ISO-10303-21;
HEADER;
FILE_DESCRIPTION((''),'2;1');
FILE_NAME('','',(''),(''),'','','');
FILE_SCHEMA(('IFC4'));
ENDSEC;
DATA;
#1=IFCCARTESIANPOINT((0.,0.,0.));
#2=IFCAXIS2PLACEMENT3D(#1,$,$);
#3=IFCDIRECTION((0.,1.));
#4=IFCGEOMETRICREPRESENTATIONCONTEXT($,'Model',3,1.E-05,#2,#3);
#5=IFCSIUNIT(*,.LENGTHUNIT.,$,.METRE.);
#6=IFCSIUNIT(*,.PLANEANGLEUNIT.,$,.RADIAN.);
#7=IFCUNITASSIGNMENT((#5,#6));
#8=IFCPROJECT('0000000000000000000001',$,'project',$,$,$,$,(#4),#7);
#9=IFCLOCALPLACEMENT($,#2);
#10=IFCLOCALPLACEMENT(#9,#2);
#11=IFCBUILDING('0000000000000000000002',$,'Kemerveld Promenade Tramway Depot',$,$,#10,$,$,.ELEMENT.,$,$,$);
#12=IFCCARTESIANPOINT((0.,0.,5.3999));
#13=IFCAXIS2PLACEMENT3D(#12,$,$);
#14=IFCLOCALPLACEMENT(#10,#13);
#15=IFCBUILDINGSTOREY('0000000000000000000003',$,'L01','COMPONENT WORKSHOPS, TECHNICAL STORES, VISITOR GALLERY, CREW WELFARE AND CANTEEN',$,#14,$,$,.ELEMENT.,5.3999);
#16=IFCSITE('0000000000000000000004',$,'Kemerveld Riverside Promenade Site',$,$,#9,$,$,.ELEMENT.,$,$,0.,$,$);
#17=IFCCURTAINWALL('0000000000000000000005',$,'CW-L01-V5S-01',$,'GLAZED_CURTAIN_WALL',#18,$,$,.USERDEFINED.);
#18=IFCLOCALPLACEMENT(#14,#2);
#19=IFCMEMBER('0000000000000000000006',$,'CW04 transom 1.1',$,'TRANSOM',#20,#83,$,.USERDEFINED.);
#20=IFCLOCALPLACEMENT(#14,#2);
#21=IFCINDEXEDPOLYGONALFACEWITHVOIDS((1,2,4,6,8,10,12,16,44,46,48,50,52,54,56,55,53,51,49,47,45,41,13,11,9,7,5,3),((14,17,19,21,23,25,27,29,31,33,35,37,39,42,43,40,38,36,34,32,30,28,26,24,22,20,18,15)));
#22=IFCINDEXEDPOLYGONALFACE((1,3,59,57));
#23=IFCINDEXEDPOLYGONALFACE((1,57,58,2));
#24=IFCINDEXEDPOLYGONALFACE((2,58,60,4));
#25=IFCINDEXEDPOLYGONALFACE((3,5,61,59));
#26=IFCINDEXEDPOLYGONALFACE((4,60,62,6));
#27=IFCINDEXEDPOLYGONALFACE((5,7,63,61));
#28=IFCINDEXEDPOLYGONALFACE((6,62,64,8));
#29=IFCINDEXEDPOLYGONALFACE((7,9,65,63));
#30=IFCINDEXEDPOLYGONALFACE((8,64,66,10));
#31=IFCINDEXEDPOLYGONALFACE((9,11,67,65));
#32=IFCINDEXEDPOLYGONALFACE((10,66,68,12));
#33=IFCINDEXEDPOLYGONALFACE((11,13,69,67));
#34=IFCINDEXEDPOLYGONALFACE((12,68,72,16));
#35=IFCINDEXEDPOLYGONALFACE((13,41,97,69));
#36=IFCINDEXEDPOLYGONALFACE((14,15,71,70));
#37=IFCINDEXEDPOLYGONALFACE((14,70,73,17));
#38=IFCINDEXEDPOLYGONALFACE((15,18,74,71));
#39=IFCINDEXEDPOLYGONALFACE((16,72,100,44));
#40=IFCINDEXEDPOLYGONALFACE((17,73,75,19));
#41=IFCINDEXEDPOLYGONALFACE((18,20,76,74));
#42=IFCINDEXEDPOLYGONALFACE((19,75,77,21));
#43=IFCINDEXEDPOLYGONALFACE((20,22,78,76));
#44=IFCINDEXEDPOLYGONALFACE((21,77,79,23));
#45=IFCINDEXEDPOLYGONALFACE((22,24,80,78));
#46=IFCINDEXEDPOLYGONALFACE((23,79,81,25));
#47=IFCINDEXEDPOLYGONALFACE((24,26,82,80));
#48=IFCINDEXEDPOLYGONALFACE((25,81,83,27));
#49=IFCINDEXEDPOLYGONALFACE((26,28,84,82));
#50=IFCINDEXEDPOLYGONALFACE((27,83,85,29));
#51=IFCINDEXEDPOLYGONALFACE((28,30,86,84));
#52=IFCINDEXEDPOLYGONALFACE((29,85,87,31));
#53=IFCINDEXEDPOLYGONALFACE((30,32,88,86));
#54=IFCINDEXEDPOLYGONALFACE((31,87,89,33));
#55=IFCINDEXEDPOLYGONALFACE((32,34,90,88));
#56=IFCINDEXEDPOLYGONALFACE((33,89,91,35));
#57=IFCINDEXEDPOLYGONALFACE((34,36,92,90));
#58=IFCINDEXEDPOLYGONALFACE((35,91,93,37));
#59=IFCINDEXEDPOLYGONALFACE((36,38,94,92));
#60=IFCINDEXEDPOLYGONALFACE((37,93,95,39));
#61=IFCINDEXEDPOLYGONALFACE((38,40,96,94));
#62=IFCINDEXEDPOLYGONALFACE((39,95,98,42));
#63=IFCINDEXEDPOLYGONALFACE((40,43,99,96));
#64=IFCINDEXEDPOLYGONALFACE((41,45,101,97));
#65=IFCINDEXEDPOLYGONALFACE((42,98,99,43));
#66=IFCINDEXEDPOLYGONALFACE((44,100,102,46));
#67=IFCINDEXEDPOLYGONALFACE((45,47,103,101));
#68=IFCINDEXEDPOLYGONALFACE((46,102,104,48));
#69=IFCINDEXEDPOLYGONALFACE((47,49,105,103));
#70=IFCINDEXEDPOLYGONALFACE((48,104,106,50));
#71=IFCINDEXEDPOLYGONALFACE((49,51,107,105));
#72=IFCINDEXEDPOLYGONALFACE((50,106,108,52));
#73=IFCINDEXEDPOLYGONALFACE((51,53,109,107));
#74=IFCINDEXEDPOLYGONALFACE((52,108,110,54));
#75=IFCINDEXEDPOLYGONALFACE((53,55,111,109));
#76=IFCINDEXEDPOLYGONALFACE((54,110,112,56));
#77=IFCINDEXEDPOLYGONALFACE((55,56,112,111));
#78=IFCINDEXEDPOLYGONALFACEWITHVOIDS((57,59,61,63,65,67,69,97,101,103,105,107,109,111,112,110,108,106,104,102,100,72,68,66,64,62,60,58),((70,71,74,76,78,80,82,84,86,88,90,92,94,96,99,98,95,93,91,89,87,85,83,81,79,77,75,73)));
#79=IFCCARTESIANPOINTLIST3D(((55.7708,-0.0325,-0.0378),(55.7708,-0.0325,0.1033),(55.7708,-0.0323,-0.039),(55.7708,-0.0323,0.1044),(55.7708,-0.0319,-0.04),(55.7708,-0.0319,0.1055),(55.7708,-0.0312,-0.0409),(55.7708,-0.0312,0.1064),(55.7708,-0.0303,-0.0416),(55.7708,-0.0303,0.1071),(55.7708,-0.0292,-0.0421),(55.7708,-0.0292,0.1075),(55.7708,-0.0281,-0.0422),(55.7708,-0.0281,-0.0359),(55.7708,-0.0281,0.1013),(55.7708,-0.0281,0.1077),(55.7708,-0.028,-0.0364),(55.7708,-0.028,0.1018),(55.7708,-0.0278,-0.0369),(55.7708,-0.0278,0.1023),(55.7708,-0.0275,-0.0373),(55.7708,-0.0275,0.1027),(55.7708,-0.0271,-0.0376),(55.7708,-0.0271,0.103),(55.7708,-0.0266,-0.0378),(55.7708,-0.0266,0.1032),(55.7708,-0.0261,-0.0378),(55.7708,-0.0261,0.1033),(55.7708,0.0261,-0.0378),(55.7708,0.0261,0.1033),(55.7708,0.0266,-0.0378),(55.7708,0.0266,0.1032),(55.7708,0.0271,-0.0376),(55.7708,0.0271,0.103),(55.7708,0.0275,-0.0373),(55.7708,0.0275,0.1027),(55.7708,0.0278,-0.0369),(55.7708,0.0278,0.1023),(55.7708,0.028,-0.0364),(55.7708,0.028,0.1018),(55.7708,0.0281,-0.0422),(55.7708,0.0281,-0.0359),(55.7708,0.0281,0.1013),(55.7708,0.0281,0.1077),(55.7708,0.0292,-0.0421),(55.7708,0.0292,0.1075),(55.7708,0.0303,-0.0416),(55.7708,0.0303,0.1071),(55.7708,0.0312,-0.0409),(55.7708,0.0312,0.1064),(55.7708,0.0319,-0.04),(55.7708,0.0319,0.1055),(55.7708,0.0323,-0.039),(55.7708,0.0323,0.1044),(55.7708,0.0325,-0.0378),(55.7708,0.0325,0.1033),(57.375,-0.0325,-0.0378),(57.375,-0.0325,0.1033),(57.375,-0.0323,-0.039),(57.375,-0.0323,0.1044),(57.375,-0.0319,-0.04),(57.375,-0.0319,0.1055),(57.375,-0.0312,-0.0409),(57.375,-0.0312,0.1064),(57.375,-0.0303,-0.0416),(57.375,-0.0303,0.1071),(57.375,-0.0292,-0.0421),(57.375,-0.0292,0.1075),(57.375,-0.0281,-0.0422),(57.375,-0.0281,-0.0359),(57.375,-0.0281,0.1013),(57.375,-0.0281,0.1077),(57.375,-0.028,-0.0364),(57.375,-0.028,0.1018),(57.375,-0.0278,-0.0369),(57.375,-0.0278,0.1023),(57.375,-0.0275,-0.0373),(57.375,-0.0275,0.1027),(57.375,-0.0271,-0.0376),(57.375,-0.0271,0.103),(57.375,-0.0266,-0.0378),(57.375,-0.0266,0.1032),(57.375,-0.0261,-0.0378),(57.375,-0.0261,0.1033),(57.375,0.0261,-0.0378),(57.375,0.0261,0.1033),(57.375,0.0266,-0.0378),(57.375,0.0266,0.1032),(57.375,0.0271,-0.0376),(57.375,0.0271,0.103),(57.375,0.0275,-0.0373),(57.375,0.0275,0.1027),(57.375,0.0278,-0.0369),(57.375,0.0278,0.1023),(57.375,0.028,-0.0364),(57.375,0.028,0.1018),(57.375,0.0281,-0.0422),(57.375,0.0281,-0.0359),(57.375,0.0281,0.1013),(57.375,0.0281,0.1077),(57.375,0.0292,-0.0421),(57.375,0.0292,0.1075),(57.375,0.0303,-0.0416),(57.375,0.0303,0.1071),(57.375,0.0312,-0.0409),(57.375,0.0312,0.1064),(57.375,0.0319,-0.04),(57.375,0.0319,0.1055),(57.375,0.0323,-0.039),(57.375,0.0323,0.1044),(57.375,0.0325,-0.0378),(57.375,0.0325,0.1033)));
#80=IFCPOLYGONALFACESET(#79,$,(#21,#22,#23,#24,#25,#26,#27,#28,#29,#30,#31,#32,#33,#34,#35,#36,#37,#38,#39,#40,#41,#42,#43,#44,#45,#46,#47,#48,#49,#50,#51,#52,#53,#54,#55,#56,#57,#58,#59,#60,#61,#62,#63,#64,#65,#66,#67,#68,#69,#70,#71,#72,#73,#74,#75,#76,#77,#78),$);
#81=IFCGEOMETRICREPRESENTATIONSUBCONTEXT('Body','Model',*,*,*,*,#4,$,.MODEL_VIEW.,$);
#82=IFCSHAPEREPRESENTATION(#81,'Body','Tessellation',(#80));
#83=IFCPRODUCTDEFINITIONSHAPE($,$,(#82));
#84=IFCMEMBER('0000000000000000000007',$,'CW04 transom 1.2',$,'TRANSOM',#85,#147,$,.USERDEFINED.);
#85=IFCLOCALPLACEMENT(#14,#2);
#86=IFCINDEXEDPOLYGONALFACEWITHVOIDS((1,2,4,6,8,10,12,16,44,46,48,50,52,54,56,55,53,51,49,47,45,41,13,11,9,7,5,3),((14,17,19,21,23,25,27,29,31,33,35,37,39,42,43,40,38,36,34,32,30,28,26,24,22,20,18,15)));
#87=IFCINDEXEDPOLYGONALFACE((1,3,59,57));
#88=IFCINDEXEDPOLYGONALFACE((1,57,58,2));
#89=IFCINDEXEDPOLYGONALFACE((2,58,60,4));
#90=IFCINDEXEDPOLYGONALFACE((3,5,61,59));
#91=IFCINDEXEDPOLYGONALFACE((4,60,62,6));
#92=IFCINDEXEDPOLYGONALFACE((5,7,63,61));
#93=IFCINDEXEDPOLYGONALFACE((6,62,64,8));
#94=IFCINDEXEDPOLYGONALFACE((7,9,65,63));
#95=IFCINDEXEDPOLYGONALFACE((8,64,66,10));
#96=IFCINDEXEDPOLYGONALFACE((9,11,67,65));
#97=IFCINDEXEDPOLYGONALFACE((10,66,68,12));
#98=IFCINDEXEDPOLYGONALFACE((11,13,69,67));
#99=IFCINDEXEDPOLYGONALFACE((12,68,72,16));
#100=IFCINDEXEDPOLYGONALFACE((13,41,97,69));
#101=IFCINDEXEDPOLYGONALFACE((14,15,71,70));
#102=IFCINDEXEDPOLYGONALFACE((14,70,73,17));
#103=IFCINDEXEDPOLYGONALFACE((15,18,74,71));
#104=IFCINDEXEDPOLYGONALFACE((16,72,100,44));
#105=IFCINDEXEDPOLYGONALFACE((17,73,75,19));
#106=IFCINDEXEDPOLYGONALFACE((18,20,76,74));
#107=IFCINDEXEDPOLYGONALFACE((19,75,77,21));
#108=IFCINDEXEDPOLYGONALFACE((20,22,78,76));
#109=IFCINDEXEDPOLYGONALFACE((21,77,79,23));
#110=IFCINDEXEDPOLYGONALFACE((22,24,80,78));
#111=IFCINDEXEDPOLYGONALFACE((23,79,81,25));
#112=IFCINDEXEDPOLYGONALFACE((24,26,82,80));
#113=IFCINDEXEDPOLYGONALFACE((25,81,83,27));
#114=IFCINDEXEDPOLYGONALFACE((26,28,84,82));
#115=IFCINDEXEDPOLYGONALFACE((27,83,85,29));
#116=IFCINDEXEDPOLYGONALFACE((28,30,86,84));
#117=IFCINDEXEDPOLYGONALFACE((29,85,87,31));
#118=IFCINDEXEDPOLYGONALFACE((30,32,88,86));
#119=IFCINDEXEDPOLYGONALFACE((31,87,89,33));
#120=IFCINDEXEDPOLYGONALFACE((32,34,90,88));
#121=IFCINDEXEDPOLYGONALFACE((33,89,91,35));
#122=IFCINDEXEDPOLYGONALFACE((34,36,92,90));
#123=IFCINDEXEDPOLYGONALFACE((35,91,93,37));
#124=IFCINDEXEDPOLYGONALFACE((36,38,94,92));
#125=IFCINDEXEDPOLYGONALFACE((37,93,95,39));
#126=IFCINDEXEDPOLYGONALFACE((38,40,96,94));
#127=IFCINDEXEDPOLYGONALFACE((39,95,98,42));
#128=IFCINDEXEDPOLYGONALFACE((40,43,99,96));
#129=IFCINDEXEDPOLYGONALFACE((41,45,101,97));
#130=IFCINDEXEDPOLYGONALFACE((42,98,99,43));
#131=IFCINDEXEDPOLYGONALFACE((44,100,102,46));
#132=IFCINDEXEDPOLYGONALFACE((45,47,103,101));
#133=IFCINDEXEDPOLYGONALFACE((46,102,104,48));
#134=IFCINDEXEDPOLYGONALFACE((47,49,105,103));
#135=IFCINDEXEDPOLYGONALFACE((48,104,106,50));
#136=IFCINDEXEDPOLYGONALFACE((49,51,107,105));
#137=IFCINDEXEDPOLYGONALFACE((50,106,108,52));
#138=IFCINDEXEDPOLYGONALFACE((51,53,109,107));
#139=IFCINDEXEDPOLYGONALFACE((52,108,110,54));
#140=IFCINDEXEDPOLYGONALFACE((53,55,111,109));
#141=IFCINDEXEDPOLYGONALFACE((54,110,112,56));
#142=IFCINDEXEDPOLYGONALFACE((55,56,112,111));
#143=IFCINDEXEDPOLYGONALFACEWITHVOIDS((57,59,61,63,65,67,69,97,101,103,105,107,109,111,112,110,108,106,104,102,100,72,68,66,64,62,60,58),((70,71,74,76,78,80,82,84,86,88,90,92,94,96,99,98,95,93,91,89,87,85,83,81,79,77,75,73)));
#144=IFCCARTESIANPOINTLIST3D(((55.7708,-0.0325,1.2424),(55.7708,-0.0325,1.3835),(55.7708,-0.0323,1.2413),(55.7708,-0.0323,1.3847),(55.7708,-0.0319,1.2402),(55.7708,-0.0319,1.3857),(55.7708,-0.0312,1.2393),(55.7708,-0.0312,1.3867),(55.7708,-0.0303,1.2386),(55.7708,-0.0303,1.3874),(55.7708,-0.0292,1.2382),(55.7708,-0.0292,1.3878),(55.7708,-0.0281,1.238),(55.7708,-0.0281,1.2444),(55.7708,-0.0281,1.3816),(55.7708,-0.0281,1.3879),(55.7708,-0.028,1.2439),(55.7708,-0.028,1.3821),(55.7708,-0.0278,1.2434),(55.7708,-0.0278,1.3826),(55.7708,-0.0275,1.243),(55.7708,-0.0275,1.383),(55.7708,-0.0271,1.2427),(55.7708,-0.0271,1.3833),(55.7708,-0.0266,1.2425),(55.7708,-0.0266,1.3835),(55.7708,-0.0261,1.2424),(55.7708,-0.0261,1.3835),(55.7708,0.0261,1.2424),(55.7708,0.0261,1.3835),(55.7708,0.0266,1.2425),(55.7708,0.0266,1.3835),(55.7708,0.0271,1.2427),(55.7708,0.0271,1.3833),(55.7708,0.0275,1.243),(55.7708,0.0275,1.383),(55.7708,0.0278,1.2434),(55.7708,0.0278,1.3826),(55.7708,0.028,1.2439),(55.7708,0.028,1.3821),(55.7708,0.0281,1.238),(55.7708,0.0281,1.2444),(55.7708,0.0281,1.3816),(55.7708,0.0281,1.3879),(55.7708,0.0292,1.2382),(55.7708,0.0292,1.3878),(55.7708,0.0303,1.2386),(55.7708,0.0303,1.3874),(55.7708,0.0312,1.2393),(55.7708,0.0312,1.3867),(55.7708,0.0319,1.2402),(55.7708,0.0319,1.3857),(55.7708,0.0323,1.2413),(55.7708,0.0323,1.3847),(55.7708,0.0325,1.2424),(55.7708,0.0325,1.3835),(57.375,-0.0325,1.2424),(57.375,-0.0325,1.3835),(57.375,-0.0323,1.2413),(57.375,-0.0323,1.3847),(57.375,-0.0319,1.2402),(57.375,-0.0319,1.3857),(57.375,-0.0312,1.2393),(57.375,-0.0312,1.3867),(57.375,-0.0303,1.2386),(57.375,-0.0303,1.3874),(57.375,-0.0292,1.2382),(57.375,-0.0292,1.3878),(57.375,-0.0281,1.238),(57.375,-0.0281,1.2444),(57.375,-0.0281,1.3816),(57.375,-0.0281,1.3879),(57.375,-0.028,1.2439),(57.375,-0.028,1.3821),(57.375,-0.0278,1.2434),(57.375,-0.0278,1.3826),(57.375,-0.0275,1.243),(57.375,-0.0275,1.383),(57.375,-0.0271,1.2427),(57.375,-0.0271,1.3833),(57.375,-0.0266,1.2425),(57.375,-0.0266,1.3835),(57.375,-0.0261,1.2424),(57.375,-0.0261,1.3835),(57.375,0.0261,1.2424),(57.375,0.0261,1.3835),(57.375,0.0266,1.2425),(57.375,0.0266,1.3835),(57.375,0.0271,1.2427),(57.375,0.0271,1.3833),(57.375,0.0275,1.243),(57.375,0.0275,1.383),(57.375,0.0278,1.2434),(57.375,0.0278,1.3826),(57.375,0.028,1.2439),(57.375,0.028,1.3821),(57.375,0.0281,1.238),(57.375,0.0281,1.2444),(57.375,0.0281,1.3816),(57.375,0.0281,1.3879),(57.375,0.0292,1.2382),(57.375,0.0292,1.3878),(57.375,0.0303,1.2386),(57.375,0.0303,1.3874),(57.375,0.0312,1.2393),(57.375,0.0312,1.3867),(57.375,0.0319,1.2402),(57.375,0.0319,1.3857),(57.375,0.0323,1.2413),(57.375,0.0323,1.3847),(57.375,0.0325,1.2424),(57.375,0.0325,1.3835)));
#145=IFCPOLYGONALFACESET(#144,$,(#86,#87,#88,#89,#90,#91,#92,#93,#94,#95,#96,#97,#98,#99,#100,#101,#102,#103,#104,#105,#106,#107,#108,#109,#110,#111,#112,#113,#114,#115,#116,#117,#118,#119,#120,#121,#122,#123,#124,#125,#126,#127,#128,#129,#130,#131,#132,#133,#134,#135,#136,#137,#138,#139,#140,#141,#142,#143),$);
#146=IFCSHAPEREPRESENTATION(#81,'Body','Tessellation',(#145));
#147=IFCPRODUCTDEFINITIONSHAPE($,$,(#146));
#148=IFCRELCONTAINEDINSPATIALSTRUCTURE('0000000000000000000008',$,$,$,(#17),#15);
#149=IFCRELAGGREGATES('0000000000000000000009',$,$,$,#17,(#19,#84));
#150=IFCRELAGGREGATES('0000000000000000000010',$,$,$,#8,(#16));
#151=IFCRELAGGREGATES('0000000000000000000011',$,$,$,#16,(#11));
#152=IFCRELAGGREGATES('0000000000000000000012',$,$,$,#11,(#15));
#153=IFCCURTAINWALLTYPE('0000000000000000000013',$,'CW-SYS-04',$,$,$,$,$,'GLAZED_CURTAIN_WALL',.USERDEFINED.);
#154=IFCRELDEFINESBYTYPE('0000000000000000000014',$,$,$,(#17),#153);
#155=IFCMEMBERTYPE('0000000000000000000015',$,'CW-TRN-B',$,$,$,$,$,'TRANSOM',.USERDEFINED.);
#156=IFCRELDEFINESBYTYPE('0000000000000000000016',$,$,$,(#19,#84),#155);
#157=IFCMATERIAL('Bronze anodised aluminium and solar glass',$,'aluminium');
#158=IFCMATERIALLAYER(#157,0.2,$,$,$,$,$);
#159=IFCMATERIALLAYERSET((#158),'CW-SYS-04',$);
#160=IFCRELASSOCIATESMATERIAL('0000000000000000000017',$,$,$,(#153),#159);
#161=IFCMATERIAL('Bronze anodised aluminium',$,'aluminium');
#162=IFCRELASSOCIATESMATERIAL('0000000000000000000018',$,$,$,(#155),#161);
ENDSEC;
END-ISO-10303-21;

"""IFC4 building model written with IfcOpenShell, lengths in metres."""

from ifc_helpers import new_model, si_unit, direction, frame, origin, origin_2d, place, context, subcontext, project, spatial, hollow_rectangle, extrude, material, layer, layer_set, material_profile, profile_set, type_object, element, aggregate, save


model = new_model("IFC4")

# Units and contexts
model_context = context("Model", 3, precision=1e-05, world=origin(), true_north=direction((0.0, 1.0)))
body_context = subcontext(model_context, "Body", "Model", "MODEL_VIEW")
ifc_project = project(units=[si_unit("LENGTHUNIT", "METRE"), si_unit("PLANEANGLEUNIT", "RADIAN")], contexts=[model_context])

# Site, building, storey
site_placement = place(None, origin())
site = spatial("IfcSite", under=ifc_project, at=site_placement, Name="Kemerveld Riverside Promenade Site", CompositionType="ELEMENT", RefElevation=0.0)
building_placement = place(site_placement, origin())
building = spatial("IfcBuilding", under=site, at=building_placement, Name="Kemerveld Promenade Tramway Depot", CompositionType="ELEMENT")
storey_placement = place(building_placement, frame((0.0, 0.0, 5.3999)))
storey = spatial("IfcBuildingStorey", under=building, at=storey_placement, Name="L01", Description="COMPONENT WORKSHOPS, TECHNICAL STORES, VISITOR GALLERY, CREW WELFARE AND CANTEEN", CompositionType="ELEMENT", Elevation=5.3999)

# Curtain wall, members
ifc_material_1 = material(Name="Bronze anodised aluminium and solar glass", Category="aluminium")
ifc_layer_1 = layer(ifc_material_1, 0.2)
ifc_layer_set_1 = layer_set([ifc_layer_1], Name="CW-SYS-04")
curtain_wall_type = type_object("IfcCurtainWallType", Name="CW-SYS-04", ElementType="GLAZED_CURTAIN_WALL", PredefinedType="USERDEFINED", material=ifc_layer_set_1)
curtain_wall_placement = place(storey_placement, origin())
curtain_wall = element("IfcCurtainWall", 1, at=curtain_wall_placement, inside=storey, type_object=curtain_wall_type, Name="CW-L01-V5S-01", ObjectType="GLAZED_CURTAIN_WALL", PredefinedType="USERDEFINED")
ifc_material_2 = material(Name="Bronze anodised aluminium", Category="aluminium")
ifc_material_profile_1 = material_profile(ifc_material_2, hollow_rectangle(XDim=0.0649, YDim=0.1499, WallThickness=0.0044, InnerFilletRadius=0.002, OuterFilletRadius=0.0044, at=origin_2d()), Name="CW-TRN-150x65")
ifc_profile_set_1 = profile_set([ifc_material_profile_1], Name="Bronze anodised aluminium")
member_type_1 = type_object("IfcMemberType", Name="CW-TRN-B", ElementType="TRANSOM", PredefinedType="USERDEFINED", material=ifc_profile_set_1)
member_1_placement = place(storey_placement, frame((57.375, 0.0, 0.0327), z_axis=(-1.0, 0.0, 0.0), x_axis=(0.0, -1.0, 0.0)))
member_1 = element("IfcMember", 2, at=member_1_placement, type_object=member_type_1, Name="CW04 transom 1.1", ObjectType="TRANSOM", PredefinedType="USERDEFINED", context=body_context, shape_type="SweptSolid", body=[
    extrude(hollow_rectangle(XDim=0.0649, YDim=0.1499, WallThickness=0.0044, InnerFilletRadius=0.002, OuterFilletRadius=0.0044, at=origin_2d()), origin(), (0.0, 0.0, 1.0), 1.6042),
])
member_2_placement = place(storey_placement, frame((57.375, 0.0, 1.313), z_axis=(-1.0, 0.0, 0.0), x_axis=(0.0, -1.0, 0.0)))
member_2 = element("IfcMember", 3, at=member_2_placement, type_object=member_type_1, Name="CW04 transom 1.2", ObjectType="TRANSOM", PredefinedType="USERDEFINED", context=body_context, shape_type="SweptSolid", body=[
    extrude(hollow_rectangle(XDim=0.0649, YDim=0.1499, WallThickness=0.0044, InnerFilletRadius=0.002, OuterFilletRadius=0.0044, at=origin_2d()), origin(), (0.0, 0.0, 1.0), 1.6042),
])
aggregate(curtain_wall, [member_1, member_2])

save(model, "model.ifc")
